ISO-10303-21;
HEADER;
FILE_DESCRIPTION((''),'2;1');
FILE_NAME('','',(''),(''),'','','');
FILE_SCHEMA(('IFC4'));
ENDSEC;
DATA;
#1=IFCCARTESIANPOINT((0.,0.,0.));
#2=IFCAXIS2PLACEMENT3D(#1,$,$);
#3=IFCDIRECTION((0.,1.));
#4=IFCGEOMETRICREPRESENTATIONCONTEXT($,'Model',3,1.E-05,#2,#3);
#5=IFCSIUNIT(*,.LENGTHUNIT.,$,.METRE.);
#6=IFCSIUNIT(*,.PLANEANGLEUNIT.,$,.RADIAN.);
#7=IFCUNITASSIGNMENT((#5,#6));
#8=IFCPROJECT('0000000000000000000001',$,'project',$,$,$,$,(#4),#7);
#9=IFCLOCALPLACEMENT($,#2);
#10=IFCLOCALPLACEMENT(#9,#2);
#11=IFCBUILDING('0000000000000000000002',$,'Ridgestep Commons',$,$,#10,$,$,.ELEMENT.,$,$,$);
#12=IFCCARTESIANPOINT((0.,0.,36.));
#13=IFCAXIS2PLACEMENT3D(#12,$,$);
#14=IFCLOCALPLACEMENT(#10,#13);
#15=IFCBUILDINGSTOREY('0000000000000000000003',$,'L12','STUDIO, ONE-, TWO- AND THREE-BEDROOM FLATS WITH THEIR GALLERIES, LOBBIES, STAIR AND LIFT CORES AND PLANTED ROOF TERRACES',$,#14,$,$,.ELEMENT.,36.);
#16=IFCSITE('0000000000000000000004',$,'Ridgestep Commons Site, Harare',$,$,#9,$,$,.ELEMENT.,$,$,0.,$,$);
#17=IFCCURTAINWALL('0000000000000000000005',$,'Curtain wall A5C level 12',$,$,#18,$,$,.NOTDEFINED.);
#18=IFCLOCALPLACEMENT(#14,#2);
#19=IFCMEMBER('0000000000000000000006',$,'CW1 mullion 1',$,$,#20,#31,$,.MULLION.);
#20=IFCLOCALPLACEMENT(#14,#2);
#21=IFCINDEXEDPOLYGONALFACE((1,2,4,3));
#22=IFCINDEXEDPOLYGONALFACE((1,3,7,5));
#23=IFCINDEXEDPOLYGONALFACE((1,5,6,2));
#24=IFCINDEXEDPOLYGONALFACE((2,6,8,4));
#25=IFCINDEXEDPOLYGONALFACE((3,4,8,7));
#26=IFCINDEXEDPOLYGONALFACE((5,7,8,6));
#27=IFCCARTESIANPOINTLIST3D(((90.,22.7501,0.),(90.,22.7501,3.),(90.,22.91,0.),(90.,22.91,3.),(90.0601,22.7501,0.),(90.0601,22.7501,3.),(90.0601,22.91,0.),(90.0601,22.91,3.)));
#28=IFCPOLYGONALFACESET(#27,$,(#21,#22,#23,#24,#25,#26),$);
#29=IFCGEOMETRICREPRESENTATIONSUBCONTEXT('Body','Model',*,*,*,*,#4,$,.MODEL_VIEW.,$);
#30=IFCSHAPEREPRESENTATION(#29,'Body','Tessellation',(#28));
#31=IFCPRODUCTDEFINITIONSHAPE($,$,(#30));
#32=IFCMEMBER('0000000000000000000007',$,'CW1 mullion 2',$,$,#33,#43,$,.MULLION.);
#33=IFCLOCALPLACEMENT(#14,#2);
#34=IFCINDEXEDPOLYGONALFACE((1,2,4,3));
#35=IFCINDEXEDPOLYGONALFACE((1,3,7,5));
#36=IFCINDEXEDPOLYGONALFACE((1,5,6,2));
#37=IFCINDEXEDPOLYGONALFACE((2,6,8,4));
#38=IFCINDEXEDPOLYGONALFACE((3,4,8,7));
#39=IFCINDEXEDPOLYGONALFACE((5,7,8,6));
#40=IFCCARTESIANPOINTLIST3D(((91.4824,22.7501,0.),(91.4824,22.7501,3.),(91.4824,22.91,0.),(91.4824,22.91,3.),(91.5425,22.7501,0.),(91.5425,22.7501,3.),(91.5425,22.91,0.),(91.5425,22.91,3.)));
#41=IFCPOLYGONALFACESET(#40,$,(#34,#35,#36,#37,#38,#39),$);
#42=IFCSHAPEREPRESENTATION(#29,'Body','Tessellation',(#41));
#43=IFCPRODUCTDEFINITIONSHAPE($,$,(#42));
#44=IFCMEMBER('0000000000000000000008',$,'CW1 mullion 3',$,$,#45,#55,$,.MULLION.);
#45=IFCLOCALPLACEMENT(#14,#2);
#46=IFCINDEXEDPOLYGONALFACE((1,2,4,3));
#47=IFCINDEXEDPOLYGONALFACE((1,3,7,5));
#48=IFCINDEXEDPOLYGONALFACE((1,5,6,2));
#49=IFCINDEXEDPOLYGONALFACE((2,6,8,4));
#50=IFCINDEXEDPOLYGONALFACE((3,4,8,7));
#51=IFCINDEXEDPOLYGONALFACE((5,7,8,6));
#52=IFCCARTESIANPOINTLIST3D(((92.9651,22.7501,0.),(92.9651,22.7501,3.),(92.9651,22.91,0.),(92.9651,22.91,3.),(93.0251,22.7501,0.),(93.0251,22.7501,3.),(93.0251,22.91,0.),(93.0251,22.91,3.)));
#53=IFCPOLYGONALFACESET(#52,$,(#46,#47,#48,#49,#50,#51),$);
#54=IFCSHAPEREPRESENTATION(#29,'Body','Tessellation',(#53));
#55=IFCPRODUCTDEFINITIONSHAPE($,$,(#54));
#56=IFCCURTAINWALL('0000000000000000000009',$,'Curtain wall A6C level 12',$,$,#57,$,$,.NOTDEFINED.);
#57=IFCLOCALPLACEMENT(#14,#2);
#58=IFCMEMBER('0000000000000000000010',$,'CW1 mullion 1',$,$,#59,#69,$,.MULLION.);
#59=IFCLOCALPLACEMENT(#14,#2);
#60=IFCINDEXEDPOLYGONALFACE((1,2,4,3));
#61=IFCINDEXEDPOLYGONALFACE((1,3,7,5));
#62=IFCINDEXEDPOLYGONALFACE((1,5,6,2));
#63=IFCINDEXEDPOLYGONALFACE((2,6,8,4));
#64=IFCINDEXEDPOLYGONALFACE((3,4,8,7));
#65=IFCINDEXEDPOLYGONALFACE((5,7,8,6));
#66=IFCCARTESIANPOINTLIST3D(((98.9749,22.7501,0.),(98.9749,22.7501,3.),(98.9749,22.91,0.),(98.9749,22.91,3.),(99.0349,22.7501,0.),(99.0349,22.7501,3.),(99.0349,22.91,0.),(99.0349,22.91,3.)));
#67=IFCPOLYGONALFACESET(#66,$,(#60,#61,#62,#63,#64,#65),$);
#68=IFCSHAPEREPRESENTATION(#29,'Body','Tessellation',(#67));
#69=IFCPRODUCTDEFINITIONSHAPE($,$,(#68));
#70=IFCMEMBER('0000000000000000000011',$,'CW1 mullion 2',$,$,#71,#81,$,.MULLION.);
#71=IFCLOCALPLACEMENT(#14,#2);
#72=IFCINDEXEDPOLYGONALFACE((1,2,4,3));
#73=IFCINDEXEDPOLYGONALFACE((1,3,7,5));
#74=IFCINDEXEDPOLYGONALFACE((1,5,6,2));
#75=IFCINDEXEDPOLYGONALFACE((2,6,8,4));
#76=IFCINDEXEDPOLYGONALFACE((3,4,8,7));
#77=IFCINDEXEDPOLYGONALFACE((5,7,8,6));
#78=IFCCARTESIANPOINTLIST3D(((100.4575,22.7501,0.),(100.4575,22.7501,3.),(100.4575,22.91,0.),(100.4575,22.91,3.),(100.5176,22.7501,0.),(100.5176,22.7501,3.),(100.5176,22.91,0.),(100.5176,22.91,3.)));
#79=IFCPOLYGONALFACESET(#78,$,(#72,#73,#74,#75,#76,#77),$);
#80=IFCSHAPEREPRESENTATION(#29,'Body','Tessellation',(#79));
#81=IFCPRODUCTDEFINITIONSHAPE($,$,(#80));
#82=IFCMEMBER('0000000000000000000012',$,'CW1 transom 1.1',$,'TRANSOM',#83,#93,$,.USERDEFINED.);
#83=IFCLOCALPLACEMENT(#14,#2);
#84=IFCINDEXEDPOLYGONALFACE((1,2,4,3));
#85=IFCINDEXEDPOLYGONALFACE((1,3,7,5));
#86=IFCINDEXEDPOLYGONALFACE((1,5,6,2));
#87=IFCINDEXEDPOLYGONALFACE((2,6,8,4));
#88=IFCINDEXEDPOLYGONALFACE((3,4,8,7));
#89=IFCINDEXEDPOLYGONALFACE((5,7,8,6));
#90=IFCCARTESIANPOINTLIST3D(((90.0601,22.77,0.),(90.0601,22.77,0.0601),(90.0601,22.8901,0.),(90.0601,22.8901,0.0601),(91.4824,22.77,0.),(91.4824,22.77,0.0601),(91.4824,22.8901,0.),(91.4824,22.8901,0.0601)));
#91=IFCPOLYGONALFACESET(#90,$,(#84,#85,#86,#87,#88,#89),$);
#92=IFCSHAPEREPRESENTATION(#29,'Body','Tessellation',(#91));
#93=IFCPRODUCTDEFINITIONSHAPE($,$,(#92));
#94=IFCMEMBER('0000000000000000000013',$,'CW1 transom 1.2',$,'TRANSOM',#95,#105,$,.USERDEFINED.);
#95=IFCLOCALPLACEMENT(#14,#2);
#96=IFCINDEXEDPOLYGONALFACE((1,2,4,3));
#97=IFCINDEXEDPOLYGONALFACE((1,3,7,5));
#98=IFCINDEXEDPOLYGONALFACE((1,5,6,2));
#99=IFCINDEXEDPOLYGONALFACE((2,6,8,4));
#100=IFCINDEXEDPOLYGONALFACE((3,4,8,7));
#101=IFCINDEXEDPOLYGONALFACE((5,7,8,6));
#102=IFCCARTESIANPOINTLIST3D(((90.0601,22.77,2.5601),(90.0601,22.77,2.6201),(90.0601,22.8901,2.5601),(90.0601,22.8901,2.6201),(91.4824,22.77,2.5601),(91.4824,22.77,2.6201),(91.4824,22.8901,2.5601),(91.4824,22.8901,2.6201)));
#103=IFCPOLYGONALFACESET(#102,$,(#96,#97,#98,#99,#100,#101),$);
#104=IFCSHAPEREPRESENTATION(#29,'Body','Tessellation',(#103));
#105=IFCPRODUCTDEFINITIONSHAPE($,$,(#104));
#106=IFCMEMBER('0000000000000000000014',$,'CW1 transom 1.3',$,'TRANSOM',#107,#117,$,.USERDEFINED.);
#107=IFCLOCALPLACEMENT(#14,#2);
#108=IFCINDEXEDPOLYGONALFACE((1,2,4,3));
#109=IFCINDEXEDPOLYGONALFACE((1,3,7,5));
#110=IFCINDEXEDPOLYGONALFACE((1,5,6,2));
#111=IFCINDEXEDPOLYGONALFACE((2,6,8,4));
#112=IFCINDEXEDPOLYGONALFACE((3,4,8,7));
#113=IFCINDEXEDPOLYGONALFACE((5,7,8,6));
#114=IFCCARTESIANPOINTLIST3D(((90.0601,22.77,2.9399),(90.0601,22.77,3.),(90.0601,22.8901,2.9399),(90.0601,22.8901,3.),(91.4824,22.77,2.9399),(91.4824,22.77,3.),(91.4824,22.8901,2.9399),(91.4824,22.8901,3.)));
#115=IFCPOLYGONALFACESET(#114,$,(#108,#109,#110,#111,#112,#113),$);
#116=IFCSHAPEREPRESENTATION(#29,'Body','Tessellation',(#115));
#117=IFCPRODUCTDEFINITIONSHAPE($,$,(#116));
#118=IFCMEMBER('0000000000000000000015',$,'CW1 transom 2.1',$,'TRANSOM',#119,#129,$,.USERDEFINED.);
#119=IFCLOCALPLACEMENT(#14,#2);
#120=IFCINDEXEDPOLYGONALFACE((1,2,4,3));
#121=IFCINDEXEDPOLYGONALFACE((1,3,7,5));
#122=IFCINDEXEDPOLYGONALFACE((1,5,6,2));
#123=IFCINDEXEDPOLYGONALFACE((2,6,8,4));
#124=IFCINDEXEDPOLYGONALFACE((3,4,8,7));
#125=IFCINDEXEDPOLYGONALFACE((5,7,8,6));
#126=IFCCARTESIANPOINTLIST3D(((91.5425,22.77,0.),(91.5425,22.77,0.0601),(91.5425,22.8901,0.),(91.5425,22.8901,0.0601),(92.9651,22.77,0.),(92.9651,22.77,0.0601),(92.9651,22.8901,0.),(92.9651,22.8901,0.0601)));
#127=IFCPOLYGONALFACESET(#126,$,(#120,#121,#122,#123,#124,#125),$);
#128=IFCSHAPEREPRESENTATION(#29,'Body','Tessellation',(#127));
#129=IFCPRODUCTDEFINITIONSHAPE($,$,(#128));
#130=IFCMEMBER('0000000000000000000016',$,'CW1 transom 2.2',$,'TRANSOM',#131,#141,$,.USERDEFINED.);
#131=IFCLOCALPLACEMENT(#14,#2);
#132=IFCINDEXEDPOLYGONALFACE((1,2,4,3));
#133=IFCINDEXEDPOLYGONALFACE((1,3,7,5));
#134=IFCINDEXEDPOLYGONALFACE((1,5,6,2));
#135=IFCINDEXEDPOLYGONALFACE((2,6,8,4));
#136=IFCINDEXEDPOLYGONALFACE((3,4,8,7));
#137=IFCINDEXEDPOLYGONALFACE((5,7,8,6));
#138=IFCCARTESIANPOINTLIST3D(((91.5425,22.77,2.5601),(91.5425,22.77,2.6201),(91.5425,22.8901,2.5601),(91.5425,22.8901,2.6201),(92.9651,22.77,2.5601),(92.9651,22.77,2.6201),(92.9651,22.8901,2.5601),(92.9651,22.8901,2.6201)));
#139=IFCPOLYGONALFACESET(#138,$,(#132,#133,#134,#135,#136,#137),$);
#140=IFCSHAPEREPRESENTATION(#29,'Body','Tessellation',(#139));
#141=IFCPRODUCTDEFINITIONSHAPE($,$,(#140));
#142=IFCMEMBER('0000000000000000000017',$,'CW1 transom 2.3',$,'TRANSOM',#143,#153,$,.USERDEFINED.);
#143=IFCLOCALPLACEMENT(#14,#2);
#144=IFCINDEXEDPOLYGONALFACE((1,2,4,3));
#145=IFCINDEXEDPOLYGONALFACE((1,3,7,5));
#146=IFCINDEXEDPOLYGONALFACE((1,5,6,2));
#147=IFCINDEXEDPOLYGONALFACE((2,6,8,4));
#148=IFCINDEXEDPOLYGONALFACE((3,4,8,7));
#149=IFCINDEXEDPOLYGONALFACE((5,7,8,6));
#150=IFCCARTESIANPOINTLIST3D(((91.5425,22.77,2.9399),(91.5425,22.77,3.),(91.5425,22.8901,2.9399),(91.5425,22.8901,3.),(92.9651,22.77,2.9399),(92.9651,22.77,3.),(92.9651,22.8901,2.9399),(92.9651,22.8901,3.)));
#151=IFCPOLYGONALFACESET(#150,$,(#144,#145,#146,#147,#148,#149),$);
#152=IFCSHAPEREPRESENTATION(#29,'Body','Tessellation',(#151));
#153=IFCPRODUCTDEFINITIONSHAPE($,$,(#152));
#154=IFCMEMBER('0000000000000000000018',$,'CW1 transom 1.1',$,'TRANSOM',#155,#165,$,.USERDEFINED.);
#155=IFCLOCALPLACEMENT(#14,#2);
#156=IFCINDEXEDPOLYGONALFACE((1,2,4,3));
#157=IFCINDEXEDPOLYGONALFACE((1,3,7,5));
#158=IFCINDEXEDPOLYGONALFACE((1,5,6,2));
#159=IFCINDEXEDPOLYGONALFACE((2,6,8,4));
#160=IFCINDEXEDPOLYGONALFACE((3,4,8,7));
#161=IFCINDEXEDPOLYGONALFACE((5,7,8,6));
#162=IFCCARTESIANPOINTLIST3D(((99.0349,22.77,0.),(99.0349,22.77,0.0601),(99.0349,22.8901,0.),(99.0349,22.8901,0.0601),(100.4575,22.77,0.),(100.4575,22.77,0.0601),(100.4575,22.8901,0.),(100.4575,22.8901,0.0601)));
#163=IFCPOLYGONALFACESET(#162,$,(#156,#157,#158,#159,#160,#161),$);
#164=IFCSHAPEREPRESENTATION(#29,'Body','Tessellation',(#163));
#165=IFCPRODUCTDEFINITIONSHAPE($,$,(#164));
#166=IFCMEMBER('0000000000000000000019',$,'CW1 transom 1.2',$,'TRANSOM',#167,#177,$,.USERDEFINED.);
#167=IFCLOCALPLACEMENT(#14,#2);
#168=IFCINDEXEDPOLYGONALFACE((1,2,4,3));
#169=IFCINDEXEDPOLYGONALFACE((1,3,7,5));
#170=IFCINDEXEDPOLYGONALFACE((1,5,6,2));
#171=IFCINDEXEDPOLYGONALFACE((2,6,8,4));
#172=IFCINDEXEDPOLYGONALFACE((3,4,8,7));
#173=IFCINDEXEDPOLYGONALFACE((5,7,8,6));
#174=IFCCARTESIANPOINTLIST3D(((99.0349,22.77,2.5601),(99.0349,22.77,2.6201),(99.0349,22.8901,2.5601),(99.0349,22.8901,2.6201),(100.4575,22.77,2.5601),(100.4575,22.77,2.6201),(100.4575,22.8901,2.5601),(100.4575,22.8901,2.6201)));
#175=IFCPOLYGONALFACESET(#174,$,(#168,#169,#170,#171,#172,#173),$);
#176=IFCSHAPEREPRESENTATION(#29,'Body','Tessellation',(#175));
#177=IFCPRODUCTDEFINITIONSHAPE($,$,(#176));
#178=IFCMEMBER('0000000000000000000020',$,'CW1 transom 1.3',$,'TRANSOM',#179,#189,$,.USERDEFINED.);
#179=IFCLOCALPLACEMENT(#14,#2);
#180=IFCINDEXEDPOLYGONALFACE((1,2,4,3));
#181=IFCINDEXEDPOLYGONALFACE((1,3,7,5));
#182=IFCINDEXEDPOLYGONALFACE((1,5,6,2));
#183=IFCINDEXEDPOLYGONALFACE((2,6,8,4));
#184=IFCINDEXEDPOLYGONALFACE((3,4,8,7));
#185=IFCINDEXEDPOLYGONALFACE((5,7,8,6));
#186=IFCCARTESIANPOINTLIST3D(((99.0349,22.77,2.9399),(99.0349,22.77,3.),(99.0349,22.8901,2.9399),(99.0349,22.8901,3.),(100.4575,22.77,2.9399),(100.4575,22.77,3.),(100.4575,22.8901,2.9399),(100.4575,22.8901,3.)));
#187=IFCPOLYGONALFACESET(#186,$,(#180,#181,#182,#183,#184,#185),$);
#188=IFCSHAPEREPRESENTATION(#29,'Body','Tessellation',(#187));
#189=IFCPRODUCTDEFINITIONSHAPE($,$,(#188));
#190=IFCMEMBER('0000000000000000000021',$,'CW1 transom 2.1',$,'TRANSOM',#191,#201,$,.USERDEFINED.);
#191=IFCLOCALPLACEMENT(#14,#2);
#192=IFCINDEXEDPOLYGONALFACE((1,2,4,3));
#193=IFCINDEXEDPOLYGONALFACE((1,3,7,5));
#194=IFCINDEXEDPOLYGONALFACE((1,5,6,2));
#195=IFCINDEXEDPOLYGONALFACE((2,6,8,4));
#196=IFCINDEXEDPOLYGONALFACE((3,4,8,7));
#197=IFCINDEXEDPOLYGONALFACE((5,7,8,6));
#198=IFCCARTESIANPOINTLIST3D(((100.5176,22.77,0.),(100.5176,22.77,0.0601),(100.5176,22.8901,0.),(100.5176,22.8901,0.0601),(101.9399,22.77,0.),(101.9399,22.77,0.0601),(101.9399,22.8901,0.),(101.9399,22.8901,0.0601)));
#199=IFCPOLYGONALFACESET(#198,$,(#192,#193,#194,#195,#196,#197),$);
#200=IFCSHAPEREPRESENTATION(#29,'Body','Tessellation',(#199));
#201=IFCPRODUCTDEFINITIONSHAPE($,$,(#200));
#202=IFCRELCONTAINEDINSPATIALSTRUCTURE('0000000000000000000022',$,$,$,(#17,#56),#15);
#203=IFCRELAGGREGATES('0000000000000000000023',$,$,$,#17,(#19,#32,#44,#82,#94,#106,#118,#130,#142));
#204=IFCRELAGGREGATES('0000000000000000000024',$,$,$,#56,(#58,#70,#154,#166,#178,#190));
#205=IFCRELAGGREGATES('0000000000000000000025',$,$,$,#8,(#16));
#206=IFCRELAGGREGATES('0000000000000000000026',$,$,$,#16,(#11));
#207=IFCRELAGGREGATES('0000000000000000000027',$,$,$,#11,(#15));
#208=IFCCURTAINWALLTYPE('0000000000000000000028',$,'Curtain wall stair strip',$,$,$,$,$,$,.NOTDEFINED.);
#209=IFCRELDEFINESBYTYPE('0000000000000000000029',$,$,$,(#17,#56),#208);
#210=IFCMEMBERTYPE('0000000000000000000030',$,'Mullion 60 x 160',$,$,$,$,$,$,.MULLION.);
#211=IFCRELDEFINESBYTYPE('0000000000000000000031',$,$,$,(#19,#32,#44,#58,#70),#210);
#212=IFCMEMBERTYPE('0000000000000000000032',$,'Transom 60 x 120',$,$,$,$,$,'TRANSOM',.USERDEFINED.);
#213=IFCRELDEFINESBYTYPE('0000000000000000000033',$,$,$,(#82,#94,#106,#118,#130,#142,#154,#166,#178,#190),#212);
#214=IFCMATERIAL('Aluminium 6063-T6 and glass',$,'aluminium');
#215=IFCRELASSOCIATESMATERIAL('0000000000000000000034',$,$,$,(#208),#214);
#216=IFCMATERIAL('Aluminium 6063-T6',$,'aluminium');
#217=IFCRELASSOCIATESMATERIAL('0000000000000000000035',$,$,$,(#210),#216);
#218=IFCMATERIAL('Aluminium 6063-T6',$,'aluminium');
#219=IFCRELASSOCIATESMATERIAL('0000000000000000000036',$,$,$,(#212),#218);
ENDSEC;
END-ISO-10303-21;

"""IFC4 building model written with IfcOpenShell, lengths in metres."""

from ifc_helpers import new_model, si_unit, direction, frame, origin, origin_2d, place, context, subcontext, project, spatial, rectangle, extrude, material, material_profile, profile_set, type_object, element, aggregate, save


model = new_model("IFC4")

# Units and contexts
model_context = context("Model", 3, precision=1e-05, world=origin(), true_north=direction((0.0, 1.0)))
body_context = subcontext(model_context, "Body", "Model", "MODEL_VIEW")
ifc_project = project(units=[si_unit("LENGTHUNIT", "METRE"), si_unit("PLANEANGLEUNIT", "RADIAN")], contexts=[model_context])

# Site, building, storey
site_placement = place(None, origin())
site = spatial("IfcSite", under=ifc_project, at=site_placement, Name="Ridgestep Commons Site, Harare", CompositionType="ELEMENT", RefElevation=0.0)
building_placement = place(site_placement, origin())
building = spatial("IfcBuilding", under=site, at=building_placement, Name="Ridgestep Commons", CompositionType="ELEMENT")
storey_placement = place(building_placement, frame((0.0, 0.0, 36.0)))
storey = spatial("IfcBuildingStorey", under=building, at=storey_placement, Name="L12", Description="STUDIO, ONE-, TWO- AND THREE-BEDROOM FLATS WITH THEIR GALLERIES, LOBBIES, STAIR AND LIFT CORES AND PLANTED ROOF TERRACES", CompositionType="ELEMENT", Elevation=36.0)

# Curtain walls, members
ifc_material_1 = material(Name="Aluminium 6063-T6 and glass", Category="aluminium")
curtain_wall_type = type_object("IfcCurtainWallType", Name="Curtain wall stair strip", PredefinedType="NOTDEFINED", material=ifc_material_1)
curtain_wall_1_placement = place(storey_placement, origin())
curtain_wall_1 = element("IfcCurtainWall", 1, at=curtain_wall_1_placement, inside=storey, type_object=curtain_wall_type, Name="Curtain wall A5C level 12", PredefinedType="NOTDEFINED")
ifc_material_2 = material(Name="Aluminium 6063-T6", Category="aluminium")
ifc_material_profile_1 = material_profile(ifc_material_2, rectangle(XDim=0.1599, YDim=0.0601, at=origin_2d()), Name="Mullion 60 x 160")
ifc_profile_set_1 = profile_set([ifc_material_profile_1], Name="Aluminium 6063-T6")
member_type_1 = type_object("IfcMemberType", Name="Mullion 60 x 160", PredefinedType="MULLION", material=ifc_profile_set_1)
member_1_placement = place(storey_placement, frame((90.03, 22.8301, 0.0), z_axis=(0.0, 0.0, 1.0), x_axis=(0.0, 1.0, 0.0)))
member_1 = element("IfcMember", 2, at=member_1_placement, type_object=member_type_1, Name="CW1 mullion 1", PredefinedType="MULLION", context=body_context, shape_type="SweptSolid", body=[
    extrude(rectangle(XDim=0.1599, YDim=0.0601, at=origin_2d()), origin(), (0.0, 0.0, 1.0), 3.0),
])
member_2_placement = place(storey_placement, frame((91.5125, 22.8301, 0.0), z_axis=(0.0, 0.0, 1.0), x_axis=(0.0, 1.0, 0.0)))
member_2 = element("IfcMember", 3, at=member_2_placement, type_object=member_type_1, Name="CW1 mullion 2", PredefinedType="MULLION", context=body_context, shape_type="SweptSolid", body=[
    extrude(rectangle(XDim=0.1599, YDim=0.0601, at=origin_2d()), origin(), (0.0, 0.0, 1.0), 3.0),
])
member_3_placement = place(storey_placement, frame((92.9951, 22.8301, 0.0), z_axis=(0.0, 0.0, 1.0), x_axis=(0.0, 1.0, 0.0)))
member_3 = element("IfcMember", 4, at=member_3_placement, type_object=member_type_1, Name="CW1 mullion 3", PredefinedType="MULLION", context=body_context, shape_type="SweptSolid", body=[
    extrude(rectangle(XDim=0.1599, YDim=0.0601, at=origin_2d()), origin(), (0.0, 0.0, 1.0), 3.0),
])
curtain_wall_2_placement = place(storey_placement, origin())
curtain_wall_2 = element("IfcCurtainWall", 5, at=curtain_wall_2_placement, inside=storey, type_object=curtain_wall_type, Name="Curtain wall A6C level 12", PredefinedType="NOTDEFINED")
member_4_placement = place(storey_placement, frame((99.0049, 22.8301, 0.0), z_axis=(0.0, 0.0, 1.0), x_axis=(0.0, 1.0, 0.0)))
member_4 = element("IfcMember", 6, at=member_4_placement, type_object=member_type_1, Name="CW1 mullion 1", PredefinedType="MULLION", context=body_context, shape_type="SweptSolid", body=[
    extrude(rectangle(XDim=0.1599, YDim=0.0601, at=origin_2d()), origin(), (0.0, 0.0, 1.0), 3.0),
])
member_5_placement = place(storey_placement, frame((100.4875, 22.8301, 0.0), z_axis=(0.0, 0.0, 1.0), x_axis=(0.0, 1.0, 0.0)))
member_5 = element("IfcMember", 7, at=member_5_placement, type_object=member_type_1, Name="CW1 mullion 2", PredefinedType="MULLION", context=body_context, shape_type="SweptSolid", body=[
    extrude(rectangle(XDim=0.1599, YDim=0.0601, at=origin_2d()), origin(), (0.0, 0.0, 1.0), 3.0),
])

# Members
ifc_material_3 = material(Name="Aluminium 6063-T6", Category="aluminium")
ifc_material_profile_2 = material_profile(ifc_material_3, rectangle(XDim=0.1201, YDim=0.0601, at=origin_2d()), Name="Transom 60 x 120")
ifc_profile_set_2 = profile_set([ifc_material_profile_2], Name="Aluminium 6063-T6")
member_type_2 = type_object("IfcMemberType", Name="Transom 60 x 120", ElementType="TRANSOM", PredefinedType="USERDEFINED", material=ifc_profile_set_2)
member_6_placement = place(storey_placement, frame((90.0601, 22.8301, 0.03), z_axis=(1.0, 0.0, 0.0), x_axis=(0.0, 1.0, 0.0)))
member_6 = element("IfcMember", 8, at=member_6_placement, type_object=member_type_2, Name="CW1 transom 1.1", ObjectType="TRANSOM", PredefinedType="USERDEFINED", context=body_context, shape_type="SweptSolid", body=[
    extrude(rectangle(XDim=0.1201, YDim=0.0601, at=origin_2d()), origin(), (0.0, 0.0, 1.0), 1.4224),
])
member_7_placement = place(storey_placement, frame((90.0601, 22.8301, 2.5901), z_axis=(1.0, 0.0, 0.0), x_axis=(0.0, 1.0, 0.0)))
member_7 = element("IfcMember", 9, at=member_7_placement, type_object=member_type_2, Name="CW1 transom 1.2", ObjectType="TRANSOM", PredefinedType="USERDEFINED", context=body_context, shape_type="SweptSolid", body=[
    extrude(rectangle(XDim=0.1201, YDim=0.0601, at=origin_2d()), origin(), (0.0, 0.0, 1.0), 1.4224),
])
member_8_placement = place(storey_placement, frame((90.0601, 22.8301, 2.97), z_axis=(1.0, 0.0, 0.0), x_axis=(0.0, 1.0, 0.0)))
member_8 = element("IfcMember", 10, at=member_8_placement, type_object=member_type_2, Name="CW1 transom 1.3", ObjectType="TRANSOM", PredefinedType="USERDEFINED", context=body_context, shape_type="SweptSolid", body=[
    extrude(rectangle(XDim=0.1201, YDim=0.0601, at=origin_2d()), origin(), (0.0, 0.0, 1.0), 1.4224),
])
member_9_placement = place(storey_placement, frame((91.5425, 22.8301, 0.03), z_axis=(1.0, 0.0, 0.0), x_axis=(0.0, 1.0, 0.0)))
member_9 = element("IfcMember", 11, at=member_9_placement, type_object=member_type_2, Name="CW1 transom 2.1", ObjectType="TRANSOM", PredefinedType="USERDEFINED", context=body_context, shape_type="SweptSolid", body=[
    extrude(rectangle(XDim=0.1201, YDim=0.0601, at=origin_2d()), origin(), (0.0, 0.0, 1.0), 1.4226),
])
member_10_placement = place(storey_placement, frame((91.5425, 22.8301, 2.5901), z_axis=(1.0, 0.0, 0.0), x_axis=(0.0, 1.0, 0.0)))
member_10 = element("IfcMember", 12, at=member_10_placement, type_object=member_type_2, Name="CW1 transom 2.2", ObjectType="TRANSOM", PredefinedType="USERDEFINED", context=body_context, shape_type="SweptSolid", body=[
    extrude(rectangle(XDim=0.1201, YDim=0.0601, at=origin_2d()), origin(), (0.0, 0.0, 1.0), 1.4226),
])
member_11_placement = place(storey_placement, frame((91.5425, 22.8301, 2.97), z_axis=(1.0, 0.0, 0.0), x_axis=(0.0, 1.0, 0.0)))
member_11 = element("IfcMember", 13, at=member_11_placement, type_object=member_type_2, Name="CW1 transom 2.3", ObjectType="TRANSOM", PredefinedType="USERDEFINED", context=body_context, shape_type="SweptSolid", body=[
    extrude(rectangle(XDim=0.1201, YDim=0.0601, at=origin_2d()), origin(), (0.0, 0.0, 1.0), 1.4226),
])
member_12_placement = place(storey_placement, frame((99.0349, 22.8301, 0.03), z_axis=(1.0, 0.0, 0.0), x_axis=(0.0, 1.0, 0.0)))
member_12 = element("IfcMember", 14, at=member_12_placement, type_object=member_type_2, Name="CW1 transom 1.1", ObjectType="TRANSOM", PredefinedType="USERDEFINED", context=body_context, shape_type="SweptSolid", body=[
    extrude(rectangle(XDim=0.1201, YDim=0.0601, at=origin_2d()), origin(), (0.0, 0.0, 1.0), 1.4226),
])
member_13_placement = place(storey_placement, frame((99.0349, 22.8301, 2.5901), z_axis=(1.0, 0.0, 0.0), x_axis=(0.0, 1.0, 0.0)))
member_13 = element("IfcMember", 15, at=member_13_placement, type_object=member_type_2, Name="CW1 transom 1.2", ObjectType="TRANSOM", PredefinedType="USERDEFINED", context=body_context, shape_type="SweptSolid", body=[
    extrude(rectangle(XDim=0.1201, YDim=0.0601, at=origin_2d()), origin(), (0.0, 0.0, 1.0), 1.4226),
])
member_14_placement = place(storey_placement, frame((99.0349, 22.8301, 2.97), z_axis=(1.0, 0.0, 0.0), x_axis=(0.0, 1.0, 0.0)))
member_14 = element("IfcMember", 16, at=member_14_placement, type_object=member_type_2, Name="CW1 transom 1.3", ObjectType="TRANSOM", PredefinedType="USERDEFINED", context=body_context, shape_type="SweptSolid", body=[
    extrude(rectangle(XDim=0.1201, YDim=0.0601, at=origin_2d()), origin(), (0.0, 0.0, 1.0), 1.4226),
])
member_15_placement = place(storey_placement, frame((100.5176, 22.8301, 0.03), z_axis=(1.0, 0.0, 0.0), x_axis=(0.0, 1.0, 0.0)))
member_15 = element("IfcMember", 17, at=member_15_placement, type_object=member_type_2, Name="CW1 transom 2.1", ObjectType="TRANSOM", PredefinedType="USERDEFINED", context=body_context, shape_type="SweptSolid", body=[
    extrude(rectangle(XDim=0.1201, YDim=0.0601, at=origin_2d()), origin(), (0.0, 0.0, 1.0), 1.4224),
])

aggregate(curtain_wall_1, [member_1, member_2, member_3, member_6, member_7, member_8, member_9, member_10, member_11])
aggregate(curtain_wall_2, [member_4, member_5, member_12, member_13, member_14, member_15])

save(model, "model.ifc")
